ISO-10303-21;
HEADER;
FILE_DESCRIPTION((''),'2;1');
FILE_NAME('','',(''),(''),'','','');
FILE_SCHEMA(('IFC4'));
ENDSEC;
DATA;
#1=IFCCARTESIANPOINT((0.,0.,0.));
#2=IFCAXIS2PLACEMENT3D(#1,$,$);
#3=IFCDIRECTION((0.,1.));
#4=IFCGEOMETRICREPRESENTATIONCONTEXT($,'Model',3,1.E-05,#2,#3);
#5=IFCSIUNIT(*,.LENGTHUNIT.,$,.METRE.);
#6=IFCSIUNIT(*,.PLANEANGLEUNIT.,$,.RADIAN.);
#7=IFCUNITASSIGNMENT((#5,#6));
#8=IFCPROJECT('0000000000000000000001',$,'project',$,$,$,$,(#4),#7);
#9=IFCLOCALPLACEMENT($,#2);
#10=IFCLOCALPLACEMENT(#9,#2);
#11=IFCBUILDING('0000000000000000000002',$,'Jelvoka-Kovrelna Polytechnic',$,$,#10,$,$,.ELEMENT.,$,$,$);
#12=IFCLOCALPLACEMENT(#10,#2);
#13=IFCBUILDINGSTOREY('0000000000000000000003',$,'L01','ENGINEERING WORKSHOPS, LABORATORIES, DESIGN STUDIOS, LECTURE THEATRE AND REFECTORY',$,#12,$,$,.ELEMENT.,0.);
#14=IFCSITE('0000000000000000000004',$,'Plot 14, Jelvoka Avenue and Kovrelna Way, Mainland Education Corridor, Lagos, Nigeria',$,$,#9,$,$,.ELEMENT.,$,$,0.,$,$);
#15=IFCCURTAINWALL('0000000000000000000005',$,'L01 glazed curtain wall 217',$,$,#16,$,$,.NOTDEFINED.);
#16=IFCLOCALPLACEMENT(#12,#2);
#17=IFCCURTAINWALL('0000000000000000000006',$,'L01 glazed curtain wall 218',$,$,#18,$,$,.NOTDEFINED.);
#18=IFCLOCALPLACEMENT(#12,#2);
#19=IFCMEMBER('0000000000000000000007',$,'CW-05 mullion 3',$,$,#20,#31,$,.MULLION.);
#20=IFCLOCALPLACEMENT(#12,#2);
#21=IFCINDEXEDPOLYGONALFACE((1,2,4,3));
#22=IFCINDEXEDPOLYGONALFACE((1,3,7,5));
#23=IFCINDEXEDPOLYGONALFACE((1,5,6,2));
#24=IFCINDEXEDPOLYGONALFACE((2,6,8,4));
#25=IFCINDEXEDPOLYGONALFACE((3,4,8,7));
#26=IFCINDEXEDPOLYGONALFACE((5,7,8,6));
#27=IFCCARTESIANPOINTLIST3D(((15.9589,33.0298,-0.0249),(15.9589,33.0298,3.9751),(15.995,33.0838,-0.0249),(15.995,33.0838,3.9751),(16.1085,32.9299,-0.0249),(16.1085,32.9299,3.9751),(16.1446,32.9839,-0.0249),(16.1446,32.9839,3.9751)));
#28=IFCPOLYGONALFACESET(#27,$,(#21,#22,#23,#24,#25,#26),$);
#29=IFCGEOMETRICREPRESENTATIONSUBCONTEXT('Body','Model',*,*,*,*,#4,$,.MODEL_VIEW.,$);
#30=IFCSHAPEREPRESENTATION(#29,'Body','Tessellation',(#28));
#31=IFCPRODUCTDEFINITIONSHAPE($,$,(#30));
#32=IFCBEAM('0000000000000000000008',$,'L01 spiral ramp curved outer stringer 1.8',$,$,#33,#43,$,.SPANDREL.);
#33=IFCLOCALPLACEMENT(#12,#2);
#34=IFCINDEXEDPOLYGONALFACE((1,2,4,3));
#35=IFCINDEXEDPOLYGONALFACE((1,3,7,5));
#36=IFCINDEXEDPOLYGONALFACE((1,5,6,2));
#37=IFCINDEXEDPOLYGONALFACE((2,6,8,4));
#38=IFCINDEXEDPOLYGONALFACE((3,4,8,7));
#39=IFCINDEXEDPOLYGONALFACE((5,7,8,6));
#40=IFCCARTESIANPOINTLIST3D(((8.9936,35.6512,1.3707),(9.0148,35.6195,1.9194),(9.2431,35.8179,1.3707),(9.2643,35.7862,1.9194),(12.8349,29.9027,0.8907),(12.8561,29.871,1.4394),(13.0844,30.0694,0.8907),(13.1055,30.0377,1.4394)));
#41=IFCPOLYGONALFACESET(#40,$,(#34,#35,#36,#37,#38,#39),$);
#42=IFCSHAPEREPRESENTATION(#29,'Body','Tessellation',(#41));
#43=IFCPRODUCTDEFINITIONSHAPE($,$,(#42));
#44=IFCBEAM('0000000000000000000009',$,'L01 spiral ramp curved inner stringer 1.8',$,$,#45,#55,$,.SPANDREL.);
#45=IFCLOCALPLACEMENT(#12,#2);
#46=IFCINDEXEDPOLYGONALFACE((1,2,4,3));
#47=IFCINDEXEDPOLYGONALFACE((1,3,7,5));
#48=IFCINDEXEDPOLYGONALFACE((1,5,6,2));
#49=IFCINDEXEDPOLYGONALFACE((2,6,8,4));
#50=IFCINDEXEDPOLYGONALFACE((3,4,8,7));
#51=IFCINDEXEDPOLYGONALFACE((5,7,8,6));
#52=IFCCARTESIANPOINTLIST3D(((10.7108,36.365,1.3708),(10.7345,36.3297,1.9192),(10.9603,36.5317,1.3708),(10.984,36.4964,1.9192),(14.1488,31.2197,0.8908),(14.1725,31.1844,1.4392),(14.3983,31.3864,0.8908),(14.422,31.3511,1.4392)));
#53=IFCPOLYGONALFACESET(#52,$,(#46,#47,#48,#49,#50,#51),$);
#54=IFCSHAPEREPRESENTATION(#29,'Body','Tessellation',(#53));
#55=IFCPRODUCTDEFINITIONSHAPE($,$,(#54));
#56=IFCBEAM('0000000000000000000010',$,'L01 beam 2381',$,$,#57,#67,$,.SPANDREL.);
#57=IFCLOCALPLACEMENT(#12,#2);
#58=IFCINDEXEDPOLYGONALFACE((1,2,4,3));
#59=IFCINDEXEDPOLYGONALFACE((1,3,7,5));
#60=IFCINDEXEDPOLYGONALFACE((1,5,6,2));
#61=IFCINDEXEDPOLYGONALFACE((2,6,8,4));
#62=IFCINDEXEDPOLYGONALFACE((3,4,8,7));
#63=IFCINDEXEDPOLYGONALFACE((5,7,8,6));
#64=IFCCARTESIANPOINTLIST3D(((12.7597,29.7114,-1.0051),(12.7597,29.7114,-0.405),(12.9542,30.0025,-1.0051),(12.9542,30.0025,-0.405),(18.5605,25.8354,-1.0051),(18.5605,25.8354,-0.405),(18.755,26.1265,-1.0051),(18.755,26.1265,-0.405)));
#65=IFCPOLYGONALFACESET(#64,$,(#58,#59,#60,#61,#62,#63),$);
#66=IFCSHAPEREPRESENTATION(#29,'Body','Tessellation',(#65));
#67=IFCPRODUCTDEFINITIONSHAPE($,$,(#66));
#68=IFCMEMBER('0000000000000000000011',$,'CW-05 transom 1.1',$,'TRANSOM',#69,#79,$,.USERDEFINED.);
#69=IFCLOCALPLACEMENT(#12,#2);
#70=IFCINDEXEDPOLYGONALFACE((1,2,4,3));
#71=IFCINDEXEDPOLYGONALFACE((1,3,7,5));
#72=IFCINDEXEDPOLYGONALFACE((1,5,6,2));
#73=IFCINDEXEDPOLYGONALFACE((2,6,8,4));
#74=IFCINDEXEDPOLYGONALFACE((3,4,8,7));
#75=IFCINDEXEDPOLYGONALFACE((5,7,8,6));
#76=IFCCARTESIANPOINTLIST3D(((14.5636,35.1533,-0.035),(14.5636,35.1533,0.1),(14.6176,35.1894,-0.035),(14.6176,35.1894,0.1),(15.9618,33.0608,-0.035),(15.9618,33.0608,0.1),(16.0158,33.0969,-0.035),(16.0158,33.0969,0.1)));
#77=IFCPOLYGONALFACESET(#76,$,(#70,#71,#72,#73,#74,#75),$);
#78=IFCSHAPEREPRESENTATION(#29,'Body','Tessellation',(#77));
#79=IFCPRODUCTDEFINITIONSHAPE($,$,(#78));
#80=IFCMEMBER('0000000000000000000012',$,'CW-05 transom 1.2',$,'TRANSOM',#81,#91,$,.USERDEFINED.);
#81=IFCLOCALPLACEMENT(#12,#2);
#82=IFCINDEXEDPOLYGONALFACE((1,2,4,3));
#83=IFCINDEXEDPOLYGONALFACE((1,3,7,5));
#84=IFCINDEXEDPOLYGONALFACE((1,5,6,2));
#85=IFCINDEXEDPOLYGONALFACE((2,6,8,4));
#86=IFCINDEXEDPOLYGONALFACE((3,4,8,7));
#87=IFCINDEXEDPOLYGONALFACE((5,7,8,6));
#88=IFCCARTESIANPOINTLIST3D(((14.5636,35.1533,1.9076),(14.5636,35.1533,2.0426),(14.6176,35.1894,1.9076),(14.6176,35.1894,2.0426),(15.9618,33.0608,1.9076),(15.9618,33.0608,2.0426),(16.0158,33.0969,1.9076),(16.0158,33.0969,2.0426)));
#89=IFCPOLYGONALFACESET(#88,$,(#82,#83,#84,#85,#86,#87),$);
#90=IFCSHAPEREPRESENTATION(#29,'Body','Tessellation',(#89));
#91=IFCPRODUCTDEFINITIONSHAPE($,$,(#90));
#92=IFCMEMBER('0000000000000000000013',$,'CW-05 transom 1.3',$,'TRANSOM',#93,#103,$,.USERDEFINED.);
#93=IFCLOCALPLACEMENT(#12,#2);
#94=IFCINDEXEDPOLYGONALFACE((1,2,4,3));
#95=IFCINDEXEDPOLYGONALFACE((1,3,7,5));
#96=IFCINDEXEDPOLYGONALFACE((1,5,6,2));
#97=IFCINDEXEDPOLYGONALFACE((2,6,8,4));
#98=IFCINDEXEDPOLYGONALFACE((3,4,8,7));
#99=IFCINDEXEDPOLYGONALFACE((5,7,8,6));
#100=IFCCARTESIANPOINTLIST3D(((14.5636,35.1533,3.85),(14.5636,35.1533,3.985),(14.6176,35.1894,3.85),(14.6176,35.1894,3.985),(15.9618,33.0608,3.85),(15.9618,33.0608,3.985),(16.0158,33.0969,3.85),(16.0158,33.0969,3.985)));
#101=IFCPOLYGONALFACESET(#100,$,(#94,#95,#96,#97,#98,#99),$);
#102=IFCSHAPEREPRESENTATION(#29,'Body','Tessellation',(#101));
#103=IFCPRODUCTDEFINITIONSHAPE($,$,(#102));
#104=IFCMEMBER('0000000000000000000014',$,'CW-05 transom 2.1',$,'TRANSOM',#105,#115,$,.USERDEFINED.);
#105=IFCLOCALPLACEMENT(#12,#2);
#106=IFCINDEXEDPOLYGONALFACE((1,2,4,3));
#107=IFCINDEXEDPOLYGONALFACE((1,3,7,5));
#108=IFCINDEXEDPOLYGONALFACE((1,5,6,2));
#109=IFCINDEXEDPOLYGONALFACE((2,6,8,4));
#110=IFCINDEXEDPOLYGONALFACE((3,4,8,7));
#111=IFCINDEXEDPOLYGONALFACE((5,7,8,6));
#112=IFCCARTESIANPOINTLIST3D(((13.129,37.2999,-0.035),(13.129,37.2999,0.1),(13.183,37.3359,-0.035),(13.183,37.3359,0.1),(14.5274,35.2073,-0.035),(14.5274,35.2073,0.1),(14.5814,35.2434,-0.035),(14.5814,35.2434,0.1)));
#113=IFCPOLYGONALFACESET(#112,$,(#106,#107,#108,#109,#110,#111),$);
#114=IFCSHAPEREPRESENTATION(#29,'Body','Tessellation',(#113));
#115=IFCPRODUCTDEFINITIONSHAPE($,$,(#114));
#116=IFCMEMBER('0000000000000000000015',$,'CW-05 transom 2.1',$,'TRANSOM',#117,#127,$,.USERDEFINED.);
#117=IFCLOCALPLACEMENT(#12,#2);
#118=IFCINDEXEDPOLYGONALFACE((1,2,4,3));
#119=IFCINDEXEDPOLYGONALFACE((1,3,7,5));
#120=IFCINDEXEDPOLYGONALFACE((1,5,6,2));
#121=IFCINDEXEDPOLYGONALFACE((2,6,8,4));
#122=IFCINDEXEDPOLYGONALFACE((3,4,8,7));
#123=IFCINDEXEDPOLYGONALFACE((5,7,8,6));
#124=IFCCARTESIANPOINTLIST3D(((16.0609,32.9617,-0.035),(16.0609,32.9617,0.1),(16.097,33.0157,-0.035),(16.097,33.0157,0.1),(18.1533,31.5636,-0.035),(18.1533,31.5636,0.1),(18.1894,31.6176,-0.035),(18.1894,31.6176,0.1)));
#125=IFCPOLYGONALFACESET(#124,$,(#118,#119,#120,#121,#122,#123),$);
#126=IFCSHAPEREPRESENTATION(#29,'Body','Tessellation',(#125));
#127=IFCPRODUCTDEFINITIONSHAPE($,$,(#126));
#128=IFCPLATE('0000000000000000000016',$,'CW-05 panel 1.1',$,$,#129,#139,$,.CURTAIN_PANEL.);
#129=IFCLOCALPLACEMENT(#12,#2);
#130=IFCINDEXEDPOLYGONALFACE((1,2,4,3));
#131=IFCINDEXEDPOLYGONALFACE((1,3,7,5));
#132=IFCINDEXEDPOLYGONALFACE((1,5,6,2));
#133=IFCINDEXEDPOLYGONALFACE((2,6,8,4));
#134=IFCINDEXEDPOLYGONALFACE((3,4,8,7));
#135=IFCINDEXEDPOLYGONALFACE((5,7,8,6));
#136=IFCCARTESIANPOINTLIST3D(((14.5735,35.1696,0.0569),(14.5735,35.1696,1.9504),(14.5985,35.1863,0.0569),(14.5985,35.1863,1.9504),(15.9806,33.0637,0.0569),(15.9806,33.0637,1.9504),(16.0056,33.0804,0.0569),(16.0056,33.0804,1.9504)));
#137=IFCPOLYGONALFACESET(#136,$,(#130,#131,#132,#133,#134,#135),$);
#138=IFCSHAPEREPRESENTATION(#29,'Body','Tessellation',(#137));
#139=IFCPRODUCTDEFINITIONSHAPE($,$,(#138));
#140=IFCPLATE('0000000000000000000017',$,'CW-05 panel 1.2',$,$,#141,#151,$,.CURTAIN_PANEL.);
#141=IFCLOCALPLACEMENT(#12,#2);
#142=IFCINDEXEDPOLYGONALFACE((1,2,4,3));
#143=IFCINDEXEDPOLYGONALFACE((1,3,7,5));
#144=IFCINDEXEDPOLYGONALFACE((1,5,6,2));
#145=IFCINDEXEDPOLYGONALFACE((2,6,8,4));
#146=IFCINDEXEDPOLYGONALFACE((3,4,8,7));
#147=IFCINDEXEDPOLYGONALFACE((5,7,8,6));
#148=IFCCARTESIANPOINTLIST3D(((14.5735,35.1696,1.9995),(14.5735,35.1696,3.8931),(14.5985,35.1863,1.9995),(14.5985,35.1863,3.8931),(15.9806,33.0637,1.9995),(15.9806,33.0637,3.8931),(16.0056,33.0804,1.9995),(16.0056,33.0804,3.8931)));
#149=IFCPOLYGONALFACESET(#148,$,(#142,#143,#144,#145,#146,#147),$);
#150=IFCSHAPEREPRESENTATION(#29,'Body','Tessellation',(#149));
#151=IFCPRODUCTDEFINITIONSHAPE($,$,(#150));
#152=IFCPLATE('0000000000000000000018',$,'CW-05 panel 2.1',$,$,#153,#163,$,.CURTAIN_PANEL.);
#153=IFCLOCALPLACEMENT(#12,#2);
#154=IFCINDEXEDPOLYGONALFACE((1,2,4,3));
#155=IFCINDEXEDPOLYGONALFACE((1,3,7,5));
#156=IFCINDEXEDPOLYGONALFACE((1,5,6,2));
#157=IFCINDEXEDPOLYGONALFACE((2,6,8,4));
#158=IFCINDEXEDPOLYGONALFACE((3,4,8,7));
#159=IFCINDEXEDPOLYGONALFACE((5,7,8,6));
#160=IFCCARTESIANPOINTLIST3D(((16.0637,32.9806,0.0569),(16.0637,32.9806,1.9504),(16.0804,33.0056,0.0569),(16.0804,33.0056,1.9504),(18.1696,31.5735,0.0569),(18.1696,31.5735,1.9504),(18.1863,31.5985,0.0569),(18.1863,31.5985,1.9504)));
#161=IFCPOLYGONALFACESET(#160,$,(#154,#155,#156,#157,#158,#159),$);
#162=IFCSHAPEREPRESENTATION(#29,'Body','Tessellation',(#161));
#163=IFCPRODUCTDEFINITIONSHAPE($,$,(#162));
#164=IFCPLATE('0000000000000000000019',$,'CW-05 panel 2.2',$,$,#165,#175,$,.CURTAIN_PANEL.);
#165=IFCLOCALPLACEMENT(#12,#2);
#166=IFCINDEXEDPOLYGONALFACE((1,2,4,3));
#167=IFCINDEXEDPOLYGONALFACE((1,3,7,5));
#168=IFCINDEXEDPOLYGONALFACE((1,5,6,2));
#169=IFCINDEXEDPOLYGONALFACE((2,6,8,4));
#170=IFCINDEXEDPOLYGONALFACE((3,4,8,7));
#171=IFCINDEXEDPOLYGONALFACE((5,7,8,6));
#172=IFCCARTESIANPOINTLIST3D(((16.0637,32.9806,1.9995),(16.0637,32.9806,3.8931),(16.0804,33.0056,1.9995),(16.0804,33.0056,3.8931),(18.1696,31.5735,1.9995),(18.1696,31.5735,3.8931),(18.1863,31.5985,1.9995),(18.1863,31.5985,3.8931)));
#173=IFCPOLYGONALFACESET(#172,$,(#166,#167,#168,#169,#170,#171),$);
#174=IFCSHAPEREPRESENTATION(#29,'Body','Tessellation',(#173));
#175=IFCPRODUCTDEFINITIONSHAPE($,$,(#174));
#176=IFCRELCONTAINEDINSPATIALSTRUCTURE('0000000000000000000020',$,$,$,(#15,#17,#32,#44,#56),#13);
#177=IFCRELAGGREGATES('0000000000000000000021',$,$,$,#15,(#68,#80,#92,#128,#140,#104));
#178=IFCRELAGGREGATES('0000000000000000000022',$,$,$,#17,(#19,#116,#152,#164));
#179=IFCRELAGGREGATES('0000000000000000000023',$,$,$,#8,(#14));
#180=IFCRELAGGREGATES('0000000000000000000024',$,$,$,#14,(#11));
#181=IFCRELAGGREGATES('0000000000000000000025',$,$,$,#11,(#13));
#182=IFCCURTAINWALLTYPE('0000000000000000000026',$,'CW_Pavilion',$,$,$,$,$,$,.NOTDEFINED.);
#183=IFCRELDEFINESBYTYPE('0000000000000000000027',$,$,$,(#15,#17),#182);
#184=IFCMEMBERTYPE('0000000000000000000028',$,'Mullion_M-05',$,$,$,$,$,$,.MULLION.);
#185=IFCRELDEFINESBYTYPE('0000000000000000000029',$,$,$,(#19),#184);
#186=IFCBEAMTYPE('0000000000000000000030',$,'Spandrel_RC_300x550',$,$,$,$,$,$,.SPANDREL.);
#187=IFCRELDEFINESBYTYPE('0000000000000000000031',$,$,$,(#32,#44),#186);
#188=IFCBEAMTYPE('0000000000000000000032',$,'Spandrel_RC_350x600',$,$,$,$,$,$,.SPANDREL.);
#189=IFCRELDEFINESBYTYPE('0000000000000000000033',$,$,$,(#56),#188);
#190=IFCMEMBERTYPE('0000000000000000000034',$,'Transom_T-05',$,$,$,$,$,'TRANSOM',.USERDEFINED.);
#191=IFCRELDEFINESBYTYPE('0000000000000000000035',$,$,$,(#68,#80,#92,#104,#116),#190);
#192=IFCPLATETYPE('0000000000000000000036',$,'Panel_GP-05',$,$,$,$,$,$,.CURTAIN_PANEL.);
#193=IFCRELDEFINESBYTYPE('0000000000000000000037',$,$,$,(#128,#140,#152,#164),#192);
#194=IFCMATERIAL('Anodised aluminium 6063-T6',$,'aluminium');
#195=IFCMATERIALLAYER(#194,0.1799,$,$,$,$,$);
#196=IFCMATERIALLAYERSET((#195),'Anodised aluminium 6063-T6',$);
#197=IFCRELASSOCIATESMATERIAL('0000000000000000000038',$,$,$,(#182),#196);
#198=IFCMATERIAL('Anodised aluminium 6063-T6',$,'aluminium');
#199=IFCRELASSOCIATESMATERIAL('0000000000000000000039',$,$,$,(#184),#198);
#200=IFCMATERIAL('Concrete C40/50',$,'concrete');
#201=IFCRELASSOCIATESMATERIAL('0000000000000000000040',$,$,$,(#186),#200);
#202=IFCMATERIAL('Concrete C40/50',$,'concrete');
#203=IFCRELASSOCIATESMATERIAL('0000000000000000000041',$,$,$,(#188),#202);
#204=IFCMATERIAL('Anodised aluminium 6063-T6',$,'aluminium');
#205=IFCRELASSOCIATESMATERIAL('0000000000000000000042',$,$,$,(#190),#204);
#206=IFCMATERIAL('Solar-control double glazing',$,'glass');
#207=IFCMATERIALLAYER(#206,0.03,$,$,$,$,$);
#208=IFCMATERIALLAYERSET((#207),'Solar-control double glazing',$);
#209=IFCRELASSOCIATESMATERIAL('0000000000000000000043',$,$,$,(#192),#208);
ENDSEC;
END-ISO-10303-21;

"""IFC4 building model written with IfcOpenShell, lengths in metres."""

from ifc_helpers import new_model, si_unit, direction, frame, origin, origin_2d, place, context, subcontext, project, spatial, rectangle, extrude, material, layer, layer_set, material_profile, profile_set, type_object, element, aggregate, save


model = new_model("IFC4")

# Units and contexts
model_context = context("Model", 3, precision=1e-05, world=origin(), true_north=direction((0.0, 1.0)))
body_context = subcontext(model_context, "Body", "Model", "MODEL_VIEW")
ifc_project = project(units=[si_unit("LENGTHUNIT", "METRE"), si_unit("PLANEANGLEUNIT", "RADIAN")], contexts=[model_context])

# Site, building, storey
site_placement = place(None, origin())
site = spatial("IfcSite", under=ifc_project, at=site_placement, Name="Plot 14, Jelvoka Avenue and Kovrelna Way, Mainland Education Corridor, Lagos, Nigeria", CompositionType="ELEMENT", RefElevation=0.0)
building_placement = place(site_placement, origin())
building = spatial("IfcBuilding", under=site, at=building_placement, Name="Jelvoka-Kovrelna Polytechnic", CompositionType="ELEMENT")
storey_placement = place(building_placement, origin())
storey = spatial("IfcBuildingStorey", under=building, at=storey_placement, Name="L01", Description="ENGINEERING WORKSHOPS, LABORATORIES, DESIGN STUDIOS, LECTURE THEATRE AND REFECTORY", CompositionType="ELEMENT", Elevation=0.0)

# Curtain wall
ifc_material_1 = material(Name="Anodised aluminium 6063-T6", Category="aluminium")
ifc_layer_1 = layer(ifc_material_1, 0.1799)
ifc_layer_set_1 = layer_set([ifc_layer_1], Name="Anodised aluminium 6063-T6")
curtain_wall_type = type_object("IfcCurtainWallType", Name="CW_Pavilion", PredefinedType="NOTDEFINED", material=ifc_layer_set_1)
curtain_wall_1_placement = place(storey_placement, origin())
curtain_wall_1 = element("IfcCurtainWall", 1, at=curtain_wall_1_placement, inside=storey, type_object=curtain_wall_type, Name="L01 glazed curtain wall 217", PredefinedType="NOTDEFINED")
ifc_material_2 = material(Name="Anodised aluminium 6063-T6", Category="aluminium")
ifc_material_profile_1 = material_profile(ifc_material_2, rectangle(XDim=0.0649, YDim=0.1799, at=origin_2d()), Name="ALU 65x180")
ifc_profile_set_1 = profile_set([ifc_material_profile_1], Name="Anodised aluminium 6063-T6")
member_type_1 = type_object("IfcMemberType", Name="Mullion_M-05", PredefinedType="MULLION", material=ifc_profile_set_1)

# Curtain wall, member
curtain_wall_2_placement = place(storey_placement, origin())
curtain_wall_2 = element("IfcCurtainWall", 2, at=curtain_wall_2_placement, inside=storey, type_object=curtain_wall_type, Name="L01 glazed curtain wall 218", PredefinedType="NOTDEFINED")
member_1_placement = place(storey_placement, frame((16.0518, 33.0068, -0.0249), z_axis=(0.0, 0.0, 1.0), x_axis=(-0.555583, -0.831461, 0.0)))
member_1 = element("IfcMember", 3, at=member_1_placement, type_object=member_type_1, Name="CW-05 mullion 3", PredefinedType="MULLION", context=body_context, shape_type="SweptSolid", body=[
    extrude(rectangle(XDim=0.0649, YDim=0.1799, at=origin_2d()), origin(), (0.0, 0.0, 1.0), 4.0),
])

# Beams
ifc_material_3 = material(Name="Concrete C40/50", Category="concrete")
ifc_material_profile_2 = material_profile(ifc_material_3, rectangle(XDim=0.3, YDim=0.55, at=origin_2d()), Name="RC 300x550")
ifc_profile_set_2 = profile_set([ifc_material_profile_2], Name="Concrete C40/50")
beam_type_1 = type_object("IfcBeamType", Name="Spandrel_RC_300x550", PredefinedType="SPANDREL", material=ifc_profile_set_2)
beam_1_placement = place(storey_placement, frame((12.9702, 29.9702, 1.165), z_axis=(-0.554262, 0.829456, 0.069256), x_axis=(-0.831452, -0.555596, 0.0)))
element("IfcBeam", 4, at=beam_1_placement, inside=storey, type_object=beam_type_1, Name="L01 spiral ramp curved outer stringer 1.8", PredefinedType="SPANDREL", context=body_context, shape_type="SweptSolid", body=[
    extrude(rectangle(XDim=0.3, YDim=0.55, at=origin_2d()), origin(), (0.0, 0.0, 1.0), 6.9304),
])
beam_2_placement = place(storey_placement, frame((14.2854, 31.2854, 1.165), z_axis=(-0.55391, 0.828977, 0.077332), x_axis=(-0.831467, -0.555574, 0.0)))
element("IfcBeam", 5, at=beam_2_placement, inside=storey, type_object=beam_type_1, Name="L01 spiral ramp curved inner stringer 1.8", PredefinedType="SPANDREL", context=body_context, shape_type="SweptSolid", body=[
    extrude(rectangle(XDim=0.3, YDim=0.55, at=origin_2d()), origin(), (0.0, 0.0, 1.0), 6.2068),
])
ifc_material_4 = material(Name="Concrete C40/50", Category="concrete")
ifc_material_profile_3 = material_profile(ifc_material_4, rectangle(XDim=0.3501, YDim=0.6001, at=origin_2d()), Name="RC 350x600")
ifc_profile_set_3 = profile_set([ifc_material_profile_3], Name="Concrete C40/50")
beam_type_2 = type_object("IfcBeamType", Name="Spandrel_RC_350x600", PredefinedType="SPANDREL", material=ifc_profile_set_3)
beam_3_placement = place(storey_placement, frame((12.8569, 29.8569, -0.7051), z_axis=(0.831468, -0.555572, 0.0), x_axis=(0.555572, 0.831468, 0.0)))
element("IfcBeam", 6, at=beam_3_placement, inside=storey, type_object=beam_type_2, Name="L01 beam 2381", PredefinedType="SPANDREL", context=body_context, shape_type="SweptSolid", body=[
    extrude(rectangle(XDim=0.3501, YDim=0.6001, at=origin_2d()), origin(), (0.0, 0.0, 1.0), 6.9766),
])

# Members
ifc_material_5 = material(Name="Anodised aluminium 6063-T6", Category="aluminium")
ifc_material_profile_4 = material_profile(ifc_material_5, rectangle(XDim=0.0649, YDim=0.135, at=origin_2d()), Name="ALU 65x135")
ifc_profile_set_4 = profile_set([ifc_material_profile_4], Name="Anodised aluminium 6063-T6")
member_type_2 = type_object("IfcMemberType", Name="Transom_T-05", ElementType="TRANSOM", PredefinedType="USERDEFINED", material=ifc_profile_set_4)
member_2_placement = place(storey_placement, frame((15.9888, 33.0789, 0.0325), z_axis=(-0.555573, 0.831468, 0.0), x_axis=(-0.831468, -0.555573, 0.0)))
member_2 = element("IfcMember", 7, at=member_2_placement, type_object=member_type_2, Name="CW-05 transom 1.1", ObjectType="TRANSOM", PredefinedType="USERDEFINED", context=body_context, shape_type="SweptSolid", body=[
    extrude(rectangle(XDim=0.0649, YDim=0.135, at=origin_2d()), origin(), (0.0, 0.0, 1.0), 2.5166),
])
member_3_placement = place(storey_placement, frame((15.9888, 33.0789, 1.9751), z_axis=(-0.555573, 0.831468, 0.0), x_axis=(-0.831468, -0.555573, 0.0)))
member_3 = element("IfcMember", 8, at=member_3_placement, type_object=member_type_2, Name="CW-05 transom 1.2", ObjectType="TRANSOM", PredefinedType="USERDEFINED", context=body_context, shape_type="SweptSolid", body=[
    extrude(rectangle(XDim=0.0649, YDim=0.135, at=origin_2d()), origin(), (0.0, 0.0, 1.0), 2.5166),
])
member_4_placement = place(storey_placement, frame((15.9888, 33.0789, 3.9175), z_axis=(-0.555573, 0.831468, 0.0), x_axis=(-0.831468, -0.555573, 0.0)))
member_4 = element("IfcMember", 9, at=member_4_placement, type_object=member_type_2, Name="CW-05 transom 1.3", ObjectType="TRANSOM", PredefinedType="USERDEFINED", context=body_context, shape_type="SweptSolid", body=[
    extrude(rectangle(XDim=0.0649, YDim=0.135, at=origin_2d()), origin(), (0.0, 0.0, 1.0), 2.5166),
])
member_5_placement = place(storey_placement, frame((14.5544, 35.2253, 0.0325), z_axis=(-0.55564, 0.831423, 0.0), x_axis=(-0.831423, -0.55564, 0.0)))
member_5 = element("IfcMember", 10, at=member_5_placement, type_object=member_type_2, Name="CW-05 transom 2.1", ObjectType="TRANSOM", PredefinedType="USERDEFINED", context=body_context, shape_type="SweptSolid", body=[
    extrude(rectangle(XDim=0.0649, YDim=0.135, at=origin_2d()), origin(), (0.0, 0.0, 1.0), 2.5168),
])
member_6_placement = place(storey_placement, frame((18.1714, 31.5906, 0.0325), z_axis=(-0.831468, 0.555573, 0.0), x_axis=(-0.555573, -0.831468, 0.0)))
member_6 = element("IfcMember", 11, at=member_6_placement, type_object=member_type_2, Name="CW-05 transom 2.1", ObjectType="TRANSOM", PredefinedType="USERDEFINED", context=body_context, shape_type="SweptSolid", body=[
    extrude(rectangle(XDim=0.0649, YDim=0.135, at=origin_2d()), origin(), (0.0, 0.0, 1.0), 2.5166),
])

# Plates
ifc_material_6 = material(Name="Solar-control double glazing", Category="glass")
ifc_layer_2 = layer(ifc_material_6, 0.03)
ifc_layer_set_2 = layer_set([ifc_layer_2], Name="Solar-control double glazing")
plate_type = type_object("IfcPlateType", Name="Panel_GP-05", PredefinedType="CURTAIN_PANEL", material=ifc_layer_set_2)
plate_1_placement = place(storey_placement, frame((15.2896, 34.125, 0.0569), z_axis=(0.0, 0.0, 1.0), x_axis=(-0.555583, 0.831461, 0.0)))
plate_1 = element("IfcPlate", 12, at=plate_1_placement, type_object=plate_type, Name="CW-05 panel 1.1", PredefinedType="CURTAIN_PANEL", context=body_context, shape_type="SweptSolid", body=[
    extrude(rectangle(XDim=2.5327, YDim=0.03, at=origin_2d()), origin(), (0.0, 0.0, 1.0), 1.8936),
])
plate_2_placement = place(storey_placement, frame((15.2896, 34.125, 1.9995), z_axis=(0.0, 0.0, 1.0), x_axis=(-0.555583, 0.831461, 0.0)))
plate_2 = element("IfcPlate", 13, at=plate_2_placement, type_object=plate_type, Name="CW-05 panel 1.2", PredefinedType="CURTAIN_PANEL", context=body_context, shape_type="SweptSolid", body=[
    extrude(rectangle(XDim=2.5327, YDim=0.03, at=origin_2d()), origin(), (0.0, 0.0, 1.0), 1.8936),
])
aggregate(curtain_wall_1, [member_2, member_3, member_4, plate_1, plate_2, member_5])
plate_3_placement = place(storey_placement, frame((17.125, 32.2896, 0.0569), z_axis=(0.0, 0.0, 1.0), x_axis=(-0.831461, 0.555583, 0.0)))
plate_3 = element("IfcPlate", 14, at=plate_3_placement, type_object=plate_type, Name="CW-05 panel 2.1", PredefinedType="CURTAIN_PANEL", context=body_context, shape_type="SweptSolid", body=[
    extrude(rectangle(XDim=2.5327, YDim=0.03, at=origin_2d()), origin(), (0.0, 0.0, 1.0), 1.8936),
])
plate_4_placement = place(storey_placement, frame((17.125, 32.2896, 1.9995), z_axis=(0.0, 0.0, 1.0), x_axis=(-0.831461, 0.555583, 0.0)))
plate_4 = element("IfcPlate", 15, at=plate_4_placement, type_object=plate_type, Name="CW-05 panel 2.2", PredefinedType="CURTAIN_PANEL", context=body_context, shape_type="SweptSolid", body=[
    extrude(rectangle(XDim=2.5327, YDim=0.03, at=origin_2d()), origin(), (0.0, 0.0, 1.0), 1.8936),
])
aggregate(curtain_wall_2, [member_1, member_6, plate_3, plate_4])

save(model, "model.ifc")
